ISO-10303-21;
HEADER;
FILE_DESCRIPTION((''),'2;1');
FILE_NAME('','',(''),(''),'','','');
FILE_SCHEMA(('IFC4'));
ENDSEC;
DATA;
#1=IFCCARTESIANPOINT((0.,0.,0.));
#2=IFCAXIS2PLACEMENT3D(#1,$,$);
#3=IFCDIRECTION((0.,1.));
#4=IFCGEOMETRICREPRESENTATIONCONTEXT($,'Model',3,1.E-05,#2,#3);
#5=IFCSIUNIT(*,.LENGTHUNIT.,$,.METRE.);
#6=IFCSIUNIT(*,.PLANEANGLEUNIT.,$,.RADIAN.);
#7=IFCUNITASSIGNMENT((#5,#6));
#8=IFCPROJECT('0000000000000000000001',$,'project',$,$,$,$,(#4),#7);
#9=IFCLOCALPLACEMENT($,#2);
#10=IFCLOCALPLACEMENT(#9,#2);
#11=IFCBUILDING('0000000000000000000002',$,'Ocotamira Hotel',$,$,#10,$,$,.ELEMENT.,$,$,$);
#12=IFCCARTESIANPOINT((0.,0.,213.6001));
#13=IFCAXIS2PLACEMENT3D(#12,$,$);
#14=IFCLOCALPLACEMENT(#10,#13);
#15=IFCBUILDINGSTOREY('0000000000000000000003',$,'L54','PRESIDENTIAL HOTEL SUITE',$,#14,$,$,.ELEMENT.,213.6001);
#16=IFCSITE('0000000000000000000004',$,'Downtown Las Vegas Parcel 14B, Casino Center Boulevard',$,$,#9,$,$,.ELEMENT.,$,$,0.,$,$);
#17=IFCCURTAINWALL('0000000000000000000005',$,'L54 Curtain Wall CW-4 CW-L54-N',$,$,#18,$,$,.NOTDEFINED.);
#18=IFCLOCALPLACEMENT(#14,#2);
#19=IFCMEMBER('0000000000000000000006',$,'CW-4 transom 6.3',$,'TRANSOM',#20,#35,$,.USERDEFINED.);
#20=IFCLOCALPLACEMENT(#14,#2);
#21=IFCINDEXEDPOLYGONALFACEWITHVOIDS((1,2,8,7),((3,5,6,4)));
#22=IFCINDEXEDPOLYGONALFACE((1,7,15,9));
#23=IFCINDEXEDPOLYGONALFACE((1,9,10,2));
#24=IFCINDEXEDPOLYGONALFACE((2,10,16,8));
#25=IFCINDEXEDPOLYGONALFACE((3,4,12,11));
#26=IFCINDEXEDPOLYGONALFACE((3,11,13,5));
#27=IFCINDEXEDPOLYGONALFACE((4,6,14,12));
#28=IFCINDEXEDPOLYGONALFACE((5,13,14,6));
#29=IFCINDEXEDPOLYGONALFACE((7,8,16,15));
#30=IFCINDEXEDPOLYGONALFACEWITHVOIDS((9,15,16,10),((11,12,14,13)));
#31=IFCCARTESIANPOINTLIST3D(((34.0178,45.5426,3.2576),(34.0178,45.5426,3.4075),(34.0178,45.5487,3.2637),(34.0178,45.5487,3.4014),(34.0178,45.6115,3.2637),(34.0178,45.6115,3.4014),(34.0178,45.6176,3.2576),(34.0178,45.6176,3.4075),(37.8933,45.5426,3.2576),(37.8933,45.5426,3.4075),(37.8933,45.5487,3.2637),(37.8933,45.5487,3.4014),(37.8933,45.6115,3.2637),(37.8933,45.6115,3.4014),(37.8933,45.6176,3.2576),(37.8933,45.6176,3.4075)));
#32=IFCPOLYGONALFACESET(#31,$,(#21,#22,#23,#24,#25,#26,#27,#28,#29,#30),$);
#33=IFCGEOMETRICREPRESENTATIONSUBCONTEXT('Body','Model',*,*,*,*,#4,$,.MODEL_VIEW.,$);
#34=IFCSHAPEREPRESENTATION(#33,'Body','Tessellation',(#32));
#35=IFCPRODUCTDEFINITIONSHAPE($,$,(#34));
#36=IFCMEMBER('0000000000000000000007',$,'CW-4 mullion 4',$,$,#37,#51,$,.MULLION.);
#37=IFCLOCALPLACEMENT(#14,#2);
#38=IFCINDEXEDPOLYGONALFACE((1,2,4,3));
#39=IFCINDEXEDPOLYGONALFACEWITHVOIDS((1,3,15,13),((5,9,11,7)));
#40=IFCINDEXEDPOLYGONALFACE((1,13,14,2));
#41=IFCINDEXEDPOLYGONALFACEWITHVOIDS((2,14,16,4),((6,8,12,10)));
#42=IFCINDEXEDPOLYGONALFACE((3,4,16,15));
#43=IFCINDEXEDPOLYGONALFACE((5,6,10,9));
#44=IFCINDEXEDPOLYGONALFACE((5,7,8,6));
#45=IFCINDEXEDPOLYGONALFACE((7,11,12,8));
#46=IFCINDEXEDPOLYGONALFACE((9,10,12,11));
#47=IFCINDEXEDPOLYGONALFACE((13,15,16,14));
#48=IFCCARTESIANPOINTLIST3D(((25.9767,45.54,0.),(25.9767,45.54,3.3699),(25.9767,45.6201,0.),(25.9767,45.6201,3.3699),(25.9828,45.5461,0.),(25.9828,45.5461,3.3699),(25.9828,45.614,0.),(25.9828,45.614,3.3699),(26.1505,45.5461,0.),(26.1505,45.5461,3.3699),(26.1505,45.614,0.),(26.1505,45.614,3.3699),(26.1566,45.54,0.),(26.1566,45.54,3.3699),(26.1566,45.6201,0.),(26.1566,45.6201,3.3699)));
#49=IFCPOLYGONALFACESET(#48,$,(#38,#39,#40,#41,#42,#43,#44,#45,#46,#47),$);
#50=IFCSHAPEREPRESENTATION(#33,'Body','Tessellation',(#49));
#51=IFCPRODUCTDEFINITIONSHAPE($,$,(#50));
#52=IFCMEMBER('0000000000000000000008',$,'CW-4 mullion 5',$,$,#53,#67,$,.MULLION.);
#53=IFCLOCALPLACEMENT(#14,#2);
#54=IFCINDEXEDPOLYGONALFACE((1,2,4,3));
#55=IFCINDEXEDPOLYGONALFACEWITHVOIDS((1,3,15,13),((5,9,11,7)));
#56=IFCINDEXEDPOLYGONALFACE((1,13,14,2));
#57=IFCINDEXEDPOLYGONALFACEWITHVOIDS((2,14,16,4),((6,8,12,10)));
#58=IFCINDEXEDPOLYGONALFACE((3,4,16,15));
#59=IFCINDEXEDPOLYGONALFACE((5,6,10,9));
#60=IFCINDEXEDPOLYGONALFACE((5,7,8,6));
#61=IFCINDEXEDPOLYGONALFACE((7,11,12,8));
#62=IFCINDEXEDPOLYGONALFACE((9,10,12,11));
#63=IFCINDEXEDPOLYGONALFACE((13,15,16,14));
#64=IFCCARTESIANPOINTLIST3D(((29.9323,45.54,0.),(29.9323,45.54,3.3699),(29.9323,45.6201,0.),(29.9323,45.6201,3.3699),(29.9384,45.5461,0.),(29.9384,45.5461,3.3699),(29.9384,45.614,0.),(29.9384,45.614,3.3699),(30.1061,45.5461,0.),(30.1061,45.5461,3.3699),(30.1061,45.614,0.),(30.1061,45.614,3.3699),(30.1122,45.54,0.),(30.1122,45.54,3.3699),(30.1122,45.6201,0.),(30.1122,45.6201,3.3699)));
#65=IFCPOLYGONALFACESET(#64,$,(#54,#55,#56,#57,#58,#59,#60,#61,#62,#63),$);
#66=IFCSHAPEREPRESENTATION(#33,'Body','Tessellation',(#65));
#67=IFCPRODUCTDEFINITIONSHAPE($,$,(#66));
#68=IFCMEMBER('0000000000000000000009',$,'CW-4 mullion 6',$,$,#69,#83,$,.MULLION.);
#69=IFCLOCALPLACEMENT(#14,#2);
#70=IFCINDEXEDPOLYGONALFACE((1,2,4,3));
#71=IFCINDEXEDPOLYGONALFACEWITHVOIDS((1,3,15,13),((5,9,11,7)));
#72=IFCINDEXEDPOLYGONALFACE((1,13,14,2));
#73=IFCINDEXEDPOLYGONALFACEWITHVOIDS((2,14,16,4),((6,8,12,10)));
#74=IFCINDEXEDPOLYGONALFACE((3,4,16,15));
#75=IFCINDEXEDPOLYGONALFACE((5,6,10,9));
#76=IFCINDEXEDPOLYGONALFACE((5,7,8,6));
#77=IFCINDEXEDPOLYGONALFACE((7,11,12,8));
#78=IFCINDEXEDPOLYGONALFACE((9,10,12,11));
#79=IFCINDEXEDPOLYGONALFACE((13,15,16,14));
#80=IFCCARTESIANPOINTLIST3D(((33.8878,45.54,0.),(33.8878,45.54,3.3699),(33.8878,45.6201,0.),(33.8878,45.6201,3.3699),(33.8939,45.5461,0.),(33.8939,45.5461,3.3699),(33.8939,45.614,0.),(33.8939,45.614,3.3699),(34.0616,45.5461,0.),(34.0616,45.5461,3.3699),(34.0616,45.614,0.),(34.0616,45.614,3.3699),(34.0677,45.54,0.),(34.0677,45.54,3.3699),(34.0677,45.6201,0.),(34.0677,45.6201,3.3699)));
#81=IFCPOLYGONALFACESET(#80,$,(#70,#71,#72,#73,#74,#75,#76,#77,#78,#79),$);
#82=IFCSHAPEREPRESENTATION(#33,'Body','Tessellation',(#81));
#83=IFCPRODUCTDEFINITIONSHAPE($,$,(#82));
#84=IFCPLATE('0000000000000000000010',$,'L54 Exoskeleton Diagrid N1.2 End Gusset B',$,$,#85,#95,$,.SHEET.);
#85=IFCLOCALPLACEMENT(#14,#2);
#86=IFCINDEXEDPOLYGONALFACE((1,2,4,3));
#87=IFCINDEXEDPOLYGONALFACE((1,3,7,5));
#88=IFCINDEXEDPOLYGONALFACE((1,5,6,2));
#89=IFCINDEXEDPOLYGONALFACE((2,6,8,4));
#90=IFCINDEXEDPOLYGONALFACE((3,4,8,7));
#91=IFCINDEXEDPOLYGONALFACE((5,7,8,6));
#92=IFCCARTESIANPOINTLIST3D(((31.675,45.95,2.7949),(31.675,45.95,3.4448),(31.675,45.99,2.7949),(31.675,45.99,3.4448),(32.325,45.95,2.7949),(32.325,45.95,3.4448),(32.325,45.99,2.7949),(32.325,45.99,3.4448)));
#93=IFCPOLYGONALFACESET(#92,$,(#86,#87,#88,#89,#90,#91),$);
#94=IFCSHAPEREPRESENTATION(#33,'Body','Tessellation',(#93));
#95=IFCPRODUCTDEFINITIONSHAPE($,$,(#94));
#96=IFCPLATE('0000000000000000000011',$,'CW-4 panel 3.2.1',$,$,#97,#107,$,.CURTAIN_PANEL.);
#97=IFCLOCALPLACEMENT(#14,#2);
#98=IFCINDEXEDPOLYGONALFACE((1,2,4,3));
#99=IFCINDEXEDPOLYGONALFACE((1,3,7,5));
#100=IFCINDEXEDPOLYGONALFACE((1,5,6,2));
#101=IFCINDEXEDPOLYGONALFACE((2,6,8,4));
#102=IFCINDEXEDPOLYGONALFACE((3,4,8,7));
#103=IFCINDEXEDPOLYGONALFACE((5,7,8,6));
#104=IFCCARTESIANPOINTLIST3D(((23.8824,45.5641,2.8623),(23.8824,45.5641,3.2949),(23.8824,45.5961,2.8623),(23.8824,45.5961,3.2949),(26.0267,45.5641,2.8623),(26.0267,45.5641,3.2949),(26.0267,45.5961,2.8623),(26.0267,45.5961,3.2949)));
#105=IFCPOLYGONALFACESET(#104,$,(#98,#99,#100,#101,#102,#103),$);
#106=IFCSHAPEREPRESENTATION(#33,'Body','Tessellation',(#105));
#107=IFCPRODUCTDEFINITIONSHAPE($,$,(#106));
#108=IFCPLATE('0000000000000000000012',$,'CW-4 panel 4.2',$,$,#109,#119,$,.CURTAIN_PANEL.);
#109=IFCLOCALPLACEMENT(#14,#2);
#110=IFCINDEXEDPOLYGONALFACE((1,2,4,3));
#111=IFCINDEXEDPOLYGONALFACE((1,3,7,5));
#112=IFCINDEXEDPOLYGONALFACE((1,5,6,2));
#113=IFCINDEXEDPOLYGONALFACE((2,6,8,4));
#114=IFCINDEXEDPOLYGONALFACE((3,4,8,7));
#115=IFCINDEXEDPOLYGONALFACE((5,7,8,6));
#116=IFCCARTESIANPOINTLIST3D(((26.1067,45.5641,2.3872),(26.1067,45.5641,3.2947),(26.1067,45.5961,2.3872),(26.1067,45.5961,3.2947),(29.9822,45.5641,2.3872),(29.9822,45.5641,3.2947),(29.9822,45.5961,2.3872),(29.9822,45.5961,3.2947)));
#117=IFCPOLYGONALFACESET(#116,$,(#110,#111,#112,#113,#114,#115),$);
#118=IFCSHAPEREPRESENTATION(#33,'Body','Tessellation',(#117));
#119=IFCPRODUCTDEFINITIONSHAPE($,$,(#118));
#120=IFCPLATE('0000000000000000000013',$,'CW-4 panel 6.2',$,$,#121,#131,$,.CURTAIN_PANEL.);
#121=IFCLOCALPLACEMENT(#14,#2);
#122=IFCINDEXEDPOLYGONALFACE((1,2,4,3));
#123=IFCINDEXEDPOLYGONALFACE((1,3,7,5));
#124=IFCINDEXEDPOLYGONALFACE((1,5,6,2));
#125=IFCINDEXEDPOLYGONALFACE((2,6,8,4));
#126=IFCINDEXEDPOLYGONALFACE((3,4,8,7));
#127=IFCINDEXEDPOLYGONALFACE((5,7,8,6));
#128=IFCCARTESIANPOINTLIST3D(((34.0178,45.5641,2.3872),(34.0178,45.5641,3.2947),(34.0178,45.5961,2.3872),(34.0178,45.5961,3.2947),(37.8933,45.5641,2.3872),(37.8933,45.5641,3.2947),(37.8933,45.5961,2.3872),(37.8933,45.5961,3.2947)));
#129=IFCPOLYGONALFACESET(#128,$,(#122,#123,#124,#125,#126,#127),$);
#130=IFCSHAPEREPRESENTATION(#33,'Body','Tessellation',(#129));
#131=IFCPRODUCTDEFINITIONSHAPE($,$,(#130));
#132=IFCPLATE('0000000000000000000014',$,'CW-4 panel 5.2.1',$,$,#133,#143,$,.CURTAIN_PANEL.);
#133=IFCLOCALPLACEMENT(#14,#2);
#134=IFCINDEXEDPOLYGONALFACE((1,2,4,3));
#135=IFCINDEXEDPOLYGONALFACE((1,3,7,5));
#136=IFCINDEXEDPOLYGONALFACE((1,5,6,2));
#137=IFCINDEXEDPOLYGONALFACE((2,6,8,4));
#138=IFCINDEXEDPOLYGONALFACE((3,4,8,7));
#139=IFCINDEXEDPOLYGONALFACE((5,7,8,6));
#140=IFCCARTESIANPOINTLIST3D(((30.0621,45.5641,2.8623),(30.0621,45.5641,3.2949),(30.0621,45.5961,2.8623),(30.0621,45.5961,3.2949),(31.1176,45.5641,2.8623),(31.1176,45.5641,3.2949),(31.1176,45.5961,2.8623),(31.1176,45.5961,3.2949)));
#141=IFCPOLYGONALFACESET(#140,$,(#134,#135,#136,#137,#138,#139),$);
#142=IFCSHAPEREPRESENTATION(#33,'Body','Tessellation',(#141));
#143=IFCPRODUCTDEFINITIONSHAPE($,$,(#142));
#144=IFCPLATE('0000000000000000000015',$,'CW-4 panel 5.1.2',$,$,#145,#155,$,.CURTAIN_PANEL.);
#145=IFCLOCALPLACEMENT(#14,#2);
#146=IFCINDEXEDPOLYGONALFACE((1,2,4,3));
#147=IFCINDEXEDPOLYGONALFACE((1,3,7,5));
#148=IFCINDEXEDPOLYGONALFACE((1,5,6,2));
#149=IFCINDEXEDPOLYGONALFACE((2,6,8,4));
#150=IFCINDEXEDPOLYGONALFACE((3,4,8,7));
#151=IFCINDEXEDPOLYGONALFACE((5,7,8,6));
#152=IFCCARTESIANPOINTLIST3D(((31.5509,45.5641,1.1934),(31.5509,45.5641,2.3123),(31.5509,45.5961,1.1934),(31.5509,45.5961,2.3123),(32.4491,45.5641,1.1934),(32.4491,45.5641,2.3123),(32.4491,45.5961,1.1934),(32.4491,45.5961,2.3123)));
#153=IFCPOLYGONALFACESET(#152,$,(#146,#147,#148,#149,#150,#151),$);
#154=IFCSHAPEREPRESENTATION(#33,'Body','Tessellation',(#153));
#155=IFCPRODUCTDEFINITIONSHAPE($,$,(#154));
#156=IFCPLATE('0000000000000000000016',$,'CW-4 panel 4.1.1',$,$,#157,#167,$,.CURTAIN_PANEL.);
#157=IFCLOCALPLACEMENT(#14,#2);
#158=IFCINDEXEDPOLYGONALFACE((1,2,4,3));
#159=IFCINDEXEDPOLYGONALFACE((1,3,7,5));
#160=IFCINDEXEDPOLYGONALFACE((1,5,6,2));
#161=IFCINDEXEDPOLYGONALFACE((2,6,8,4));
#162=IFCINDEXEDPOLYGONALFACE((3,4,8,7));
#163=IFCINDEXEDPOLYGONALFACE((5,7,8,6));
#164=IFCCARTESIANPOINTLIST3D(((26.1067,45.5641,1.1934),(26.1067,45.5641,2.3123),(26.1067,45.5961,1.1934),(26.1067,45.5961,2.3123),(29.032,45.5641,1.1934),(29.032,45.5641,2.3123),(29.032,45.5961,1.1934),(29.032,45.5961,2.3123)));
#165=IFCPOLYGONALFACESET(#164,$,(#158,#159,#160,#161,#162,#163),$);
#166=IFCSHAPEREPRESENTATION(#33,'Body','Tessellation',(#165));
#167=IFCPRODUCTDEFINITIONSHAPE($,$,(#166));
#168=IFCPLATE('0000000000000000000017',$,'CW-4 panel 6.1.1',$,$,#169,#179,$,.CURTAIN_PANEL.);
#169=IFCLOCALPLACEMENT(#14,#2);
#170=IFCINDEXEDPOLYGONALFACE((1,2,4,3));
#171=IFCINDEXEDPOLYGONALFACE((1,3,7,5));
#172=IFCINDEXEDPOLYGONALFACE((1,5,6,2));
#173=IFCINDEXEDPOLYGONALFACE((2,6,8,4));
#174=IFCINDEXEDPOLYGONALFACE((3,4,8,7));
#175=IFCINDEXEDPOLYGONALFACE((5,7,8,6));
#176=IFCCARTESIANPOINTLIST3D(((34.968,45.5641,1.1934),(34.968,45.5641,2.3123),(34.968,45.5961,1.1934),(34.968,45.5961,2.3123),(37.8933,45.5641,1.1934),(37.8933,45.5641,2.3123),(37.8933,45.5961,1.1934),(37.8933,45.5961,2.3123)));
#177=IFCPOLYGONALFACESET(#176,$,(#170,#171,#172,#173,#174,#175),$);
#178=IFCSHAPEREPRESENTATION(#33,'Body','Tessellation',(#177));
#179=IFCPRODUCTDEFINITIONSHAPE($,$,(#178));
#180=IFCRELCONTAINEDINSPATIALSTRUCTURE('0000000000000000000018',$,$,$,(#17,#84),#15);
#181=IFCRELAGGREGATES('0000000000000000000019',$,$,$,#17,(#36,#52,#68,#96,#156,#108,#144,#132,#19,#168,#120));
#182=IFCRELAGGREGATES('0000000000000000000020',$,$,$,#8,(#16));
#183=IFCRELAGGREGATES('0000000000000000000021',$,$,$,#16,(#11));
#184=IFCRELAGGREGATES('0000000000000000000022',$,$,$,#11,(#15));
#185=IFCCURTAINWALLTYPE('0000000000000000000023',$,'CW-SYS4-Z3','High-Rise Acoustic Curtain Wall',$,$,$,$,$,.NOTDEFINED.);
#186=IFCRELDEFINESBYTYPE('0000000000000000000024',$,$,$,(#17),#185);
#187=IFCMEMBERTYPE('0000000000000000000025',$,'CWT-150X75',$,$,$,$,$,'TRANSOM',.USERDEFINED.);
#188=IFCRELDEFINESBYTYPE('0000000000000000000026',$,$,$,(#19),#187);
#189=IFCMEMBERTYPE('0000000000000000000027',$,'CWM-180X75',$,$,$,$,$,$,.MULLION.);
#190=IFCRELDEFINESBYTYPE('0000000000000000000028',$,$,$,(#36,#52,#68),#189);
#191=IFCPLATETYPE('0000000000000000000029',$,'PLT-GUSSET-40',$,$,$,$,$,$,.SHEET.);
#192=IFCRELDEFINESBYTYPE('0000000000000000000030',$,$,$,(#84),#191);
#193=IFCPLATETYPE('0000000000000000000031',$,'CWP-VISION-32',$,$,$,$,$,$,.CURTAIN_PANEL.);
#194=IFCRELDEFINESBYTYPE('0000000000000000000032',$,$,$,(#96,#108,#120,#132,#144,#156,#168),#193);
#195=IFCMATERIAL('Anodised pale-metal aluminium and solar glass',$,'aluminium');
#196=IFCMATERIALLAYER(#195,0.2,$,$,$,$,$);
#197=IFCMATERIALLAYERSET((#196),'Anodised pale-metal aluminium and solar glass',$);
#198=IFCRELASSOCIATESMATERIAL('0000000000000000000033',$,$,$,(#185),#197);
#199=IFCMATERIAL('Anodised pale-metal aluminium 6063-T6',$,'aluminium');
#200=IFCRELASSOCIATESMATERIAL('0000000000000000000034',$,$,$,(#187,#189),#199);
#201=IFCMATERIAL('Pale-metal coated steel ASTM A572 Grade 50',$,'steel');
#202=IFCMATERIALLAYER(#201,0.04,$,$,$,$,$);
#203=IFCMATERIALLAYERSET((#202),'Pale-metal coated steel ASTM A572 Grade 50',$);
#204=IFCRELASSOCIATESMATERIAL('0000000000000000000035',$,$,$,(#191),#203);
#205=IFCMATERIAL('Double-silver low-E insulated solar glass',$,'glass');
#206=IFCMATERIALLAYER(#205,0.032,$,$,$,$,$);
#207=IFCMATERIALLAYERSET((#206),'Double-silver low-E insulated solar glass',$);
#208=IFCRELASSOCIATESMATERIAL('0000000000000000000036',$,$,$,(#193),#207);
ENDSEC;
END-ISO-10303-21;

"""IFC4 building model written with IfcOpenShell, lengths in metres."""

from ifc_helpers import new_model, si_unit, direction, frame, origin, origin_2d, place, context, subcontext, project, spatial, rectangle, hollow_rectangle, extrude, source, transform, mapped, material, layer, layer_set, material_profile, profile_set, type_object, element, aggregate, save


model = new_model("IFC4")

# Units and contexts
model_context = context("Model", 3, precision=1e-05, world=origin(), true_north=direction((0.0, 1.0)))
body_context = subcontext(model_context, "Body", "Model", "MODEL_VIEW")
ifc_project = project(units=[si_unit("LENGTHUNIT", "METRE"), si_unit("PLANEANGLEUNIT", "RADIAN")], contexts=[model_context])

# Site, building, storey
site_placement = place(None, origin())
site = spatial("IfcSite", under=ifc_project, at=site_placement, Name="Downtown Las Vegas Parcel 14B, Casino Center Boulevard", CompositionType="ELEMENT", RefElevation=0.0)
building_placement = place(site_placement, origin())
building = spatial("IfcBuilding", under=site, at=building_placement, Name="Ocotamira Hotel", CompositionType="ELEMENT")
storey_placement = place(building_placement, frame((0.0, 0.0, 213.6001)))
storey = spatial("IfcBuildingStorey", under=building, at=storey_placement, Name="L54", Description="PRESIDENTIAL HOTEL SUITE", CompositionType="ELEMENT", Elevation=213.6001)

# Curtain wall, members
ifc_material_1 = material(Name="Anodised pale-metal aluminium and solar glass", Category="aluminium")
ifc_layer_1 = layer(ifc_material_1, 0.2)
ifc_layer_set_1 = layer_set([ifc_layer_1], Name="Anodised pale-metal aluminium and solar glass")
curtain_wall_type = type_object("IfcCurtainWallType", Name="CW-SYS4-Z3", Description="High-Rise Acoustic Curtain Wall", PredefinedType="NOTDEFINED", material=ifc_layer_set_1)
curtain_wall_placement = place(storey_placement, origin())
curtain_wall = element("IfcCurtainWall", 1, at=curtain_wall_placement, inside=storey, type_object=curtain_wall_type, Name="L54 Curtain Wall CW-4 CW-L54-N", PredefinedType="NOTDEFINED")
ifc_material_2 = material(Name="Anodised pale-metal aluminium 6063-T6", Category="aluminium")
ifc_material_profile_1 = material_profile(ifc_material_2, hollow_rectangle(XDim=0.075, YDim=0.1499, WallThickness=0.0061, at=origin_2d()), Name="HSS150X75X6")
ifc_profile_set_1 = profile_set([ifc_material_profile_1], Name="Anodised pale-metal aluminium 6063-T6")
member_type_1 = type_object("IfcMemberType", Name="CWT-150X75", ElementType="TRANSOM", PredefinedType="USERDEFINED", material=ifc_profile_set_1)
shared_shape_1 = source(origin(), body_context, "Body", "SweptSolid", [
    extrude(hollow_rectangle(XDim=0.075, YDim=0.1499, WallThickness=0.0061, at=origin_2d()), origin(), (0.0, 0.0, 1.0), 3.8755),
])
member_1_placement = place(storey_placement, frame((34.0178, 45.5801, 3.3325), z_axis=(1.0, 0.0, 0.0), x_axis=(0.0, 1.0, 0.0)))
member_1 = element("IfcMember", 2, at=member_1_placement, type_object=member_type_1, Name="CW-4 transom 6.3", ObjectType="TRANSOM", PredefinedType="USERDEFINED", context=body_context, shape_type="MappedRepresentation", body=[
    mapped(shared_shape_1, transform((0.0, 0.0, 0.0), scale=1.0)),
])
ifc_material_profile_2 = material_profile(ifc_material_2, hollow_rectangle(XDim=0.0801, YDim=0.1799, WallThickness=0.0061, at=origin_2d()), Name="HSS180X80X6")
ifc_profile_set_2 = profile_set([ifc_material_profile_2], Name="Anodised pale-metal aluminium 6063-T6")
member_type_2 = type_object("IfcMemberType", Name="CWM-180X75", PredefinedType="MULLION", material=ifc_profile_set_2)
shared_shape_2 = source(origin(), body_context, "Body", "SweptSolid", [
    extrude(hollow_rectangle(XDim=0.0801, YDim=0.1799, WallThickness=0.0061, at=origin_2d()), origin(), (0.0, 0.0, 1.0), 3.3699),
])
member_2_placement = place(storey_placement, frame((26.0667, 45.5801, 0.0), z_axis=(0.0, 0.0, 1.0), x_axis=(0.0, 1.0, 0.0)))
member_2 = element("IfcMember", 3, at=member_2_placement, type_object=member_type_2, Name="CW-4 mullion 4", PredefinedType="MULLION", context=body_context, shape_type="MappedRepresentation", body=[
    mapped(shared_shape_2, transform((0.0, 0.0, 0.0), scale=1.0)),
])
member_3_placement = place(storey_placement, frame((30.0222, 45.5801, 0.0), z_axis=(0.0, 0.0, 1.0), x_axis=(0.0, 1.0, 0.0)))
member_3 = element("IfcMember", 4, at=member_3_placement, type_object=member_type_2, Name="CW-4 mullion 5", PredefinedType="MULLION", context=body_context, shape_type="MappedRepresentation", body=[
    mapped(shared_shape_2, transform((0.0, 0.0, 0.0), scale=1.0)),
])
member_4_placement = place(storey_placement, frame((33.9778, 45.5801, 0.0), z_axis=(0.0, 0.0, 1.0), x_axis=(0.0, 1.0, 0.0)))
member_4 = element("IfcMember", 5, at=member_4_placement, type_object=member_type_2, Name="CW-4 mullion 6", PredefinedType="MULLION", context=body_context, shape_type="MappedRepresentation", body=[
    mapped(shared_shape_2, transform((0.0, 0.0, 0.0), scale=1.0)),
])

# Plates
ifc_material_3 = material(Name="Pale-metal coated steel ASTM A572 Grade 50", Category="steel")
ifc_layer_2 = layer(ifc_material_3, 0.04)
ifc_layer_set_2 = layer_set([ifc_layer_2], Name="Pale-metal coated steel ASTM A572 Grade 50")
plate_type_1 = type_object("IfcPlateType", Name="PLT-GUSSET-40", PredefinedType="SHEET", material=ifc_layer_set_2)
shared_shape_3 = source(origin(), body_context, "Body", "SweptSolid", [
    extrude(rectangle(XDim=0.6499, YDim=0.04, at=origin_2d()), origin(), (0.0, 0.0, 1.0), 0.6499),
])
plate_1_placement = place(storey_placement, frame((32.0, 45.97, 2.7949), z_axis=(0.0, 0.0, 1.0), x_axis=(1.0, 0.0, 0.0)))
element("IfcPlate", 6, at=plate_1_placement, inside=storey, type_object=plate_type_1, Name="L54 Exoskeleton Diagrid N1.2 End Gusset B", PredefinedType="SHEET", context=body_context, shape_type="MappedRepresentation", body=[
    mapped(shared_shape_3, transform((0.0, 0.0, 0.0), scale=1.0)),
])
ifc_material_4 = material(Name="Double-silver low-E insulated solar glass", Category="glass")
ifc_layer_3 = layer(ifc_material_4, 0.032)
ifc_layer_set_3 = layer_set([ifc_layer_3], Name="Double-silver low-E insulated solar glass")
plate_type_2 = type_object("IfcPlateType", Name="CWP-VISION-32", PredefinedType="CURTAIN_PANEL", material=ifc_layer_set_3)
shared_shape_4 = source(origin(), body_context, "Body", "SweptSolid", [
    extrude(rectangle(XDim=2.1443, YDim=0.032, at=origin_2d()), origin(), (0.0, 0.0, 1.0), 0.4326),
])
plate_2_placement = place(storey_placement, frame((24.9546, 45.5801, 2.8623), z_axis=(0.0, 0.0, 1.0), x_axis=(1.0, 0.0, 0.0)))
plate_2 = element("IfcPlate", 7, at=plate_2_placement, type_object=plate_type_2, Name="CW-4 panel 3.2.1", PredefinedType="CURTAIN_PANEL", context=body_context, shape_type="MappedRepresentation", body=[
    mapped(shared_shape_4, transform((0.0, 0.0, 0.0), scale=1.0)),
])
shared_shape_5 = source(origin(), body_context, "Body", "SweptSolid", [
    extrude(rectangle(XDim=3.8755, YDim=0.032, at=origin_2d()), origin(), (0.0, 0.0, 1.0), 0.9075),
])
plate_3_placement = place(storey_placement, frame((28.0444, 45.5801, 2.3872), z_axis=(0.0, 0.0, 1.0), x_axis=(1.0, 0.0, 0.0)))
plate_3 = element("IfcPlate", 8, at=plate_3_placement, type_object=plate_type_2, Name="CW-4 panel 4.2", PredefinedType="CURTAIN_PANEL", context=body_context, shape_type="MappedRepresentation", body=[
    mapped(shared_shape_5, transform((0.0, 0.0, 0.0), scale=1.0)),
])
plate_4_placement = place(storey_placement, frame((35.9556, 45.5801, 2.3872), z_axis=(0.0, 0.0, 1.0), x_axis=(1.0, 0.0, 0.0)))
plate_4 = element("IfcPlate", 9, at=plate_4_placement, type_object=plate_type_2, Name="CW-4 panel 6.2", PredefinedType="CURTAIN_PANEL", context=body_context, shape_type="MappedRepresentation", body=[
    mapped(shared_shape_5, transform((0.0, 0.0, 0.0), scale=1.0)),
])
shared_shape_6 = source(origin(), body_context, "Body", "SweptSolid", [
    extrude(rectangle(XDim=1.0554, YDim=0.032, at=origin_2d()), origin(), (0.0, 0.0, 1.0), 0.4326),
])
plate_5_placement = place(storey_placement, frame((30.5898, 45.5801, 2.8623), z_axis=(0.0, 0.0, 1.0), x_axis=(1.0, 0.0, 0.0)))
plate_5 = element("IfcPlate", 10, at=plate_5_placement, type_object=plate_type_2, Name="CW-4 panel 5.2.1", PredefinedType="CURTAIN_PANEL", context=body_context, shape_type="MappedRepresentation", body=[
    mapped(shared_shape_6, transform((0.0, 0.0, 0.0), scale=1.0)),
])
shared_shape_7 = source(origin(), body_context, "Body", "SweptSolid", [
    extrude(rectangle(XDim=0.8982, YDim=0.032, at=origin_2d()), origin(), (0.0, 0.0, 1.0), 1.1189),
])
plate_6_placement = place(storey_placement, frame((32.0, 45.5801, 1.1934), z_axis=(0.0, 0.0, 1.0), x_axis=(1.0, 0.0, 0.0)))
plate_6 = element("IfcPlate", 11, at=plate_6_placement, type_object=plate_type_2, Name="CW-4 panel 5.1.2", PredefinedType="CURTAIN_PANEL", context=body_context, shape_type="MappedRepresentation", body=[
    mapped(shared_shape_7, transform((0.0, 0.0, 0.0), scale=1.0)),
])
shared_shape_8 = source(origin(), body_context, "Body", "SweptSolid", [
    extrude(rectangle(XDim=2.9253, YDim=0.032, at=origin_2d()), origin(), (0.0, 0.0, 1.0), 1.1189),
])
plate_7_placement = place(storey_placement, frame((27.5693, 45.5801, 1.1934), z_axis=(0.0, 0.0, 1.0), x_axis=(1.0, 0.0, 0.0)))
plate_7 = element("IfcPlate", 12, at=plate_7_placement, type_object=plate_type_2, Name="CW-4 panel 4.1.1", PredefinedType="CURTAIN_PANEL", context=body_context, shape_type="MappedRepresentation", body=[
    mapped(shared_shape_8, transform((0.0, 0.0, 0.0), scale=1.0)),
])
plate_8_placement = place(storey_placement, frame((36.4307, 45.5801, 1.1934), z_axis=(0.0, 0.0, 1.0), x_axis=(1.0, 0.0, 0.0)))
plate_8 = element("IfcPlate", 13, at=plate_8_placement, type_object=plate_type_2, Name="CW-4 panel 6.1.1", PredefinedType="CURTAIN_PANEL", context=body_context, shape_type="MappedRepresentation", body=[
    mapped(shared_shape_8, transform((0.0, 0.0, 0.0), scale=1.0)),
])
aggregate(curtain_wall, [member_2, member_3, member_4, plate_2, plate_7, plate_3, plate_6, plate_5, member_1, plate_8, plate_4])

save(model, "model.ifc")
